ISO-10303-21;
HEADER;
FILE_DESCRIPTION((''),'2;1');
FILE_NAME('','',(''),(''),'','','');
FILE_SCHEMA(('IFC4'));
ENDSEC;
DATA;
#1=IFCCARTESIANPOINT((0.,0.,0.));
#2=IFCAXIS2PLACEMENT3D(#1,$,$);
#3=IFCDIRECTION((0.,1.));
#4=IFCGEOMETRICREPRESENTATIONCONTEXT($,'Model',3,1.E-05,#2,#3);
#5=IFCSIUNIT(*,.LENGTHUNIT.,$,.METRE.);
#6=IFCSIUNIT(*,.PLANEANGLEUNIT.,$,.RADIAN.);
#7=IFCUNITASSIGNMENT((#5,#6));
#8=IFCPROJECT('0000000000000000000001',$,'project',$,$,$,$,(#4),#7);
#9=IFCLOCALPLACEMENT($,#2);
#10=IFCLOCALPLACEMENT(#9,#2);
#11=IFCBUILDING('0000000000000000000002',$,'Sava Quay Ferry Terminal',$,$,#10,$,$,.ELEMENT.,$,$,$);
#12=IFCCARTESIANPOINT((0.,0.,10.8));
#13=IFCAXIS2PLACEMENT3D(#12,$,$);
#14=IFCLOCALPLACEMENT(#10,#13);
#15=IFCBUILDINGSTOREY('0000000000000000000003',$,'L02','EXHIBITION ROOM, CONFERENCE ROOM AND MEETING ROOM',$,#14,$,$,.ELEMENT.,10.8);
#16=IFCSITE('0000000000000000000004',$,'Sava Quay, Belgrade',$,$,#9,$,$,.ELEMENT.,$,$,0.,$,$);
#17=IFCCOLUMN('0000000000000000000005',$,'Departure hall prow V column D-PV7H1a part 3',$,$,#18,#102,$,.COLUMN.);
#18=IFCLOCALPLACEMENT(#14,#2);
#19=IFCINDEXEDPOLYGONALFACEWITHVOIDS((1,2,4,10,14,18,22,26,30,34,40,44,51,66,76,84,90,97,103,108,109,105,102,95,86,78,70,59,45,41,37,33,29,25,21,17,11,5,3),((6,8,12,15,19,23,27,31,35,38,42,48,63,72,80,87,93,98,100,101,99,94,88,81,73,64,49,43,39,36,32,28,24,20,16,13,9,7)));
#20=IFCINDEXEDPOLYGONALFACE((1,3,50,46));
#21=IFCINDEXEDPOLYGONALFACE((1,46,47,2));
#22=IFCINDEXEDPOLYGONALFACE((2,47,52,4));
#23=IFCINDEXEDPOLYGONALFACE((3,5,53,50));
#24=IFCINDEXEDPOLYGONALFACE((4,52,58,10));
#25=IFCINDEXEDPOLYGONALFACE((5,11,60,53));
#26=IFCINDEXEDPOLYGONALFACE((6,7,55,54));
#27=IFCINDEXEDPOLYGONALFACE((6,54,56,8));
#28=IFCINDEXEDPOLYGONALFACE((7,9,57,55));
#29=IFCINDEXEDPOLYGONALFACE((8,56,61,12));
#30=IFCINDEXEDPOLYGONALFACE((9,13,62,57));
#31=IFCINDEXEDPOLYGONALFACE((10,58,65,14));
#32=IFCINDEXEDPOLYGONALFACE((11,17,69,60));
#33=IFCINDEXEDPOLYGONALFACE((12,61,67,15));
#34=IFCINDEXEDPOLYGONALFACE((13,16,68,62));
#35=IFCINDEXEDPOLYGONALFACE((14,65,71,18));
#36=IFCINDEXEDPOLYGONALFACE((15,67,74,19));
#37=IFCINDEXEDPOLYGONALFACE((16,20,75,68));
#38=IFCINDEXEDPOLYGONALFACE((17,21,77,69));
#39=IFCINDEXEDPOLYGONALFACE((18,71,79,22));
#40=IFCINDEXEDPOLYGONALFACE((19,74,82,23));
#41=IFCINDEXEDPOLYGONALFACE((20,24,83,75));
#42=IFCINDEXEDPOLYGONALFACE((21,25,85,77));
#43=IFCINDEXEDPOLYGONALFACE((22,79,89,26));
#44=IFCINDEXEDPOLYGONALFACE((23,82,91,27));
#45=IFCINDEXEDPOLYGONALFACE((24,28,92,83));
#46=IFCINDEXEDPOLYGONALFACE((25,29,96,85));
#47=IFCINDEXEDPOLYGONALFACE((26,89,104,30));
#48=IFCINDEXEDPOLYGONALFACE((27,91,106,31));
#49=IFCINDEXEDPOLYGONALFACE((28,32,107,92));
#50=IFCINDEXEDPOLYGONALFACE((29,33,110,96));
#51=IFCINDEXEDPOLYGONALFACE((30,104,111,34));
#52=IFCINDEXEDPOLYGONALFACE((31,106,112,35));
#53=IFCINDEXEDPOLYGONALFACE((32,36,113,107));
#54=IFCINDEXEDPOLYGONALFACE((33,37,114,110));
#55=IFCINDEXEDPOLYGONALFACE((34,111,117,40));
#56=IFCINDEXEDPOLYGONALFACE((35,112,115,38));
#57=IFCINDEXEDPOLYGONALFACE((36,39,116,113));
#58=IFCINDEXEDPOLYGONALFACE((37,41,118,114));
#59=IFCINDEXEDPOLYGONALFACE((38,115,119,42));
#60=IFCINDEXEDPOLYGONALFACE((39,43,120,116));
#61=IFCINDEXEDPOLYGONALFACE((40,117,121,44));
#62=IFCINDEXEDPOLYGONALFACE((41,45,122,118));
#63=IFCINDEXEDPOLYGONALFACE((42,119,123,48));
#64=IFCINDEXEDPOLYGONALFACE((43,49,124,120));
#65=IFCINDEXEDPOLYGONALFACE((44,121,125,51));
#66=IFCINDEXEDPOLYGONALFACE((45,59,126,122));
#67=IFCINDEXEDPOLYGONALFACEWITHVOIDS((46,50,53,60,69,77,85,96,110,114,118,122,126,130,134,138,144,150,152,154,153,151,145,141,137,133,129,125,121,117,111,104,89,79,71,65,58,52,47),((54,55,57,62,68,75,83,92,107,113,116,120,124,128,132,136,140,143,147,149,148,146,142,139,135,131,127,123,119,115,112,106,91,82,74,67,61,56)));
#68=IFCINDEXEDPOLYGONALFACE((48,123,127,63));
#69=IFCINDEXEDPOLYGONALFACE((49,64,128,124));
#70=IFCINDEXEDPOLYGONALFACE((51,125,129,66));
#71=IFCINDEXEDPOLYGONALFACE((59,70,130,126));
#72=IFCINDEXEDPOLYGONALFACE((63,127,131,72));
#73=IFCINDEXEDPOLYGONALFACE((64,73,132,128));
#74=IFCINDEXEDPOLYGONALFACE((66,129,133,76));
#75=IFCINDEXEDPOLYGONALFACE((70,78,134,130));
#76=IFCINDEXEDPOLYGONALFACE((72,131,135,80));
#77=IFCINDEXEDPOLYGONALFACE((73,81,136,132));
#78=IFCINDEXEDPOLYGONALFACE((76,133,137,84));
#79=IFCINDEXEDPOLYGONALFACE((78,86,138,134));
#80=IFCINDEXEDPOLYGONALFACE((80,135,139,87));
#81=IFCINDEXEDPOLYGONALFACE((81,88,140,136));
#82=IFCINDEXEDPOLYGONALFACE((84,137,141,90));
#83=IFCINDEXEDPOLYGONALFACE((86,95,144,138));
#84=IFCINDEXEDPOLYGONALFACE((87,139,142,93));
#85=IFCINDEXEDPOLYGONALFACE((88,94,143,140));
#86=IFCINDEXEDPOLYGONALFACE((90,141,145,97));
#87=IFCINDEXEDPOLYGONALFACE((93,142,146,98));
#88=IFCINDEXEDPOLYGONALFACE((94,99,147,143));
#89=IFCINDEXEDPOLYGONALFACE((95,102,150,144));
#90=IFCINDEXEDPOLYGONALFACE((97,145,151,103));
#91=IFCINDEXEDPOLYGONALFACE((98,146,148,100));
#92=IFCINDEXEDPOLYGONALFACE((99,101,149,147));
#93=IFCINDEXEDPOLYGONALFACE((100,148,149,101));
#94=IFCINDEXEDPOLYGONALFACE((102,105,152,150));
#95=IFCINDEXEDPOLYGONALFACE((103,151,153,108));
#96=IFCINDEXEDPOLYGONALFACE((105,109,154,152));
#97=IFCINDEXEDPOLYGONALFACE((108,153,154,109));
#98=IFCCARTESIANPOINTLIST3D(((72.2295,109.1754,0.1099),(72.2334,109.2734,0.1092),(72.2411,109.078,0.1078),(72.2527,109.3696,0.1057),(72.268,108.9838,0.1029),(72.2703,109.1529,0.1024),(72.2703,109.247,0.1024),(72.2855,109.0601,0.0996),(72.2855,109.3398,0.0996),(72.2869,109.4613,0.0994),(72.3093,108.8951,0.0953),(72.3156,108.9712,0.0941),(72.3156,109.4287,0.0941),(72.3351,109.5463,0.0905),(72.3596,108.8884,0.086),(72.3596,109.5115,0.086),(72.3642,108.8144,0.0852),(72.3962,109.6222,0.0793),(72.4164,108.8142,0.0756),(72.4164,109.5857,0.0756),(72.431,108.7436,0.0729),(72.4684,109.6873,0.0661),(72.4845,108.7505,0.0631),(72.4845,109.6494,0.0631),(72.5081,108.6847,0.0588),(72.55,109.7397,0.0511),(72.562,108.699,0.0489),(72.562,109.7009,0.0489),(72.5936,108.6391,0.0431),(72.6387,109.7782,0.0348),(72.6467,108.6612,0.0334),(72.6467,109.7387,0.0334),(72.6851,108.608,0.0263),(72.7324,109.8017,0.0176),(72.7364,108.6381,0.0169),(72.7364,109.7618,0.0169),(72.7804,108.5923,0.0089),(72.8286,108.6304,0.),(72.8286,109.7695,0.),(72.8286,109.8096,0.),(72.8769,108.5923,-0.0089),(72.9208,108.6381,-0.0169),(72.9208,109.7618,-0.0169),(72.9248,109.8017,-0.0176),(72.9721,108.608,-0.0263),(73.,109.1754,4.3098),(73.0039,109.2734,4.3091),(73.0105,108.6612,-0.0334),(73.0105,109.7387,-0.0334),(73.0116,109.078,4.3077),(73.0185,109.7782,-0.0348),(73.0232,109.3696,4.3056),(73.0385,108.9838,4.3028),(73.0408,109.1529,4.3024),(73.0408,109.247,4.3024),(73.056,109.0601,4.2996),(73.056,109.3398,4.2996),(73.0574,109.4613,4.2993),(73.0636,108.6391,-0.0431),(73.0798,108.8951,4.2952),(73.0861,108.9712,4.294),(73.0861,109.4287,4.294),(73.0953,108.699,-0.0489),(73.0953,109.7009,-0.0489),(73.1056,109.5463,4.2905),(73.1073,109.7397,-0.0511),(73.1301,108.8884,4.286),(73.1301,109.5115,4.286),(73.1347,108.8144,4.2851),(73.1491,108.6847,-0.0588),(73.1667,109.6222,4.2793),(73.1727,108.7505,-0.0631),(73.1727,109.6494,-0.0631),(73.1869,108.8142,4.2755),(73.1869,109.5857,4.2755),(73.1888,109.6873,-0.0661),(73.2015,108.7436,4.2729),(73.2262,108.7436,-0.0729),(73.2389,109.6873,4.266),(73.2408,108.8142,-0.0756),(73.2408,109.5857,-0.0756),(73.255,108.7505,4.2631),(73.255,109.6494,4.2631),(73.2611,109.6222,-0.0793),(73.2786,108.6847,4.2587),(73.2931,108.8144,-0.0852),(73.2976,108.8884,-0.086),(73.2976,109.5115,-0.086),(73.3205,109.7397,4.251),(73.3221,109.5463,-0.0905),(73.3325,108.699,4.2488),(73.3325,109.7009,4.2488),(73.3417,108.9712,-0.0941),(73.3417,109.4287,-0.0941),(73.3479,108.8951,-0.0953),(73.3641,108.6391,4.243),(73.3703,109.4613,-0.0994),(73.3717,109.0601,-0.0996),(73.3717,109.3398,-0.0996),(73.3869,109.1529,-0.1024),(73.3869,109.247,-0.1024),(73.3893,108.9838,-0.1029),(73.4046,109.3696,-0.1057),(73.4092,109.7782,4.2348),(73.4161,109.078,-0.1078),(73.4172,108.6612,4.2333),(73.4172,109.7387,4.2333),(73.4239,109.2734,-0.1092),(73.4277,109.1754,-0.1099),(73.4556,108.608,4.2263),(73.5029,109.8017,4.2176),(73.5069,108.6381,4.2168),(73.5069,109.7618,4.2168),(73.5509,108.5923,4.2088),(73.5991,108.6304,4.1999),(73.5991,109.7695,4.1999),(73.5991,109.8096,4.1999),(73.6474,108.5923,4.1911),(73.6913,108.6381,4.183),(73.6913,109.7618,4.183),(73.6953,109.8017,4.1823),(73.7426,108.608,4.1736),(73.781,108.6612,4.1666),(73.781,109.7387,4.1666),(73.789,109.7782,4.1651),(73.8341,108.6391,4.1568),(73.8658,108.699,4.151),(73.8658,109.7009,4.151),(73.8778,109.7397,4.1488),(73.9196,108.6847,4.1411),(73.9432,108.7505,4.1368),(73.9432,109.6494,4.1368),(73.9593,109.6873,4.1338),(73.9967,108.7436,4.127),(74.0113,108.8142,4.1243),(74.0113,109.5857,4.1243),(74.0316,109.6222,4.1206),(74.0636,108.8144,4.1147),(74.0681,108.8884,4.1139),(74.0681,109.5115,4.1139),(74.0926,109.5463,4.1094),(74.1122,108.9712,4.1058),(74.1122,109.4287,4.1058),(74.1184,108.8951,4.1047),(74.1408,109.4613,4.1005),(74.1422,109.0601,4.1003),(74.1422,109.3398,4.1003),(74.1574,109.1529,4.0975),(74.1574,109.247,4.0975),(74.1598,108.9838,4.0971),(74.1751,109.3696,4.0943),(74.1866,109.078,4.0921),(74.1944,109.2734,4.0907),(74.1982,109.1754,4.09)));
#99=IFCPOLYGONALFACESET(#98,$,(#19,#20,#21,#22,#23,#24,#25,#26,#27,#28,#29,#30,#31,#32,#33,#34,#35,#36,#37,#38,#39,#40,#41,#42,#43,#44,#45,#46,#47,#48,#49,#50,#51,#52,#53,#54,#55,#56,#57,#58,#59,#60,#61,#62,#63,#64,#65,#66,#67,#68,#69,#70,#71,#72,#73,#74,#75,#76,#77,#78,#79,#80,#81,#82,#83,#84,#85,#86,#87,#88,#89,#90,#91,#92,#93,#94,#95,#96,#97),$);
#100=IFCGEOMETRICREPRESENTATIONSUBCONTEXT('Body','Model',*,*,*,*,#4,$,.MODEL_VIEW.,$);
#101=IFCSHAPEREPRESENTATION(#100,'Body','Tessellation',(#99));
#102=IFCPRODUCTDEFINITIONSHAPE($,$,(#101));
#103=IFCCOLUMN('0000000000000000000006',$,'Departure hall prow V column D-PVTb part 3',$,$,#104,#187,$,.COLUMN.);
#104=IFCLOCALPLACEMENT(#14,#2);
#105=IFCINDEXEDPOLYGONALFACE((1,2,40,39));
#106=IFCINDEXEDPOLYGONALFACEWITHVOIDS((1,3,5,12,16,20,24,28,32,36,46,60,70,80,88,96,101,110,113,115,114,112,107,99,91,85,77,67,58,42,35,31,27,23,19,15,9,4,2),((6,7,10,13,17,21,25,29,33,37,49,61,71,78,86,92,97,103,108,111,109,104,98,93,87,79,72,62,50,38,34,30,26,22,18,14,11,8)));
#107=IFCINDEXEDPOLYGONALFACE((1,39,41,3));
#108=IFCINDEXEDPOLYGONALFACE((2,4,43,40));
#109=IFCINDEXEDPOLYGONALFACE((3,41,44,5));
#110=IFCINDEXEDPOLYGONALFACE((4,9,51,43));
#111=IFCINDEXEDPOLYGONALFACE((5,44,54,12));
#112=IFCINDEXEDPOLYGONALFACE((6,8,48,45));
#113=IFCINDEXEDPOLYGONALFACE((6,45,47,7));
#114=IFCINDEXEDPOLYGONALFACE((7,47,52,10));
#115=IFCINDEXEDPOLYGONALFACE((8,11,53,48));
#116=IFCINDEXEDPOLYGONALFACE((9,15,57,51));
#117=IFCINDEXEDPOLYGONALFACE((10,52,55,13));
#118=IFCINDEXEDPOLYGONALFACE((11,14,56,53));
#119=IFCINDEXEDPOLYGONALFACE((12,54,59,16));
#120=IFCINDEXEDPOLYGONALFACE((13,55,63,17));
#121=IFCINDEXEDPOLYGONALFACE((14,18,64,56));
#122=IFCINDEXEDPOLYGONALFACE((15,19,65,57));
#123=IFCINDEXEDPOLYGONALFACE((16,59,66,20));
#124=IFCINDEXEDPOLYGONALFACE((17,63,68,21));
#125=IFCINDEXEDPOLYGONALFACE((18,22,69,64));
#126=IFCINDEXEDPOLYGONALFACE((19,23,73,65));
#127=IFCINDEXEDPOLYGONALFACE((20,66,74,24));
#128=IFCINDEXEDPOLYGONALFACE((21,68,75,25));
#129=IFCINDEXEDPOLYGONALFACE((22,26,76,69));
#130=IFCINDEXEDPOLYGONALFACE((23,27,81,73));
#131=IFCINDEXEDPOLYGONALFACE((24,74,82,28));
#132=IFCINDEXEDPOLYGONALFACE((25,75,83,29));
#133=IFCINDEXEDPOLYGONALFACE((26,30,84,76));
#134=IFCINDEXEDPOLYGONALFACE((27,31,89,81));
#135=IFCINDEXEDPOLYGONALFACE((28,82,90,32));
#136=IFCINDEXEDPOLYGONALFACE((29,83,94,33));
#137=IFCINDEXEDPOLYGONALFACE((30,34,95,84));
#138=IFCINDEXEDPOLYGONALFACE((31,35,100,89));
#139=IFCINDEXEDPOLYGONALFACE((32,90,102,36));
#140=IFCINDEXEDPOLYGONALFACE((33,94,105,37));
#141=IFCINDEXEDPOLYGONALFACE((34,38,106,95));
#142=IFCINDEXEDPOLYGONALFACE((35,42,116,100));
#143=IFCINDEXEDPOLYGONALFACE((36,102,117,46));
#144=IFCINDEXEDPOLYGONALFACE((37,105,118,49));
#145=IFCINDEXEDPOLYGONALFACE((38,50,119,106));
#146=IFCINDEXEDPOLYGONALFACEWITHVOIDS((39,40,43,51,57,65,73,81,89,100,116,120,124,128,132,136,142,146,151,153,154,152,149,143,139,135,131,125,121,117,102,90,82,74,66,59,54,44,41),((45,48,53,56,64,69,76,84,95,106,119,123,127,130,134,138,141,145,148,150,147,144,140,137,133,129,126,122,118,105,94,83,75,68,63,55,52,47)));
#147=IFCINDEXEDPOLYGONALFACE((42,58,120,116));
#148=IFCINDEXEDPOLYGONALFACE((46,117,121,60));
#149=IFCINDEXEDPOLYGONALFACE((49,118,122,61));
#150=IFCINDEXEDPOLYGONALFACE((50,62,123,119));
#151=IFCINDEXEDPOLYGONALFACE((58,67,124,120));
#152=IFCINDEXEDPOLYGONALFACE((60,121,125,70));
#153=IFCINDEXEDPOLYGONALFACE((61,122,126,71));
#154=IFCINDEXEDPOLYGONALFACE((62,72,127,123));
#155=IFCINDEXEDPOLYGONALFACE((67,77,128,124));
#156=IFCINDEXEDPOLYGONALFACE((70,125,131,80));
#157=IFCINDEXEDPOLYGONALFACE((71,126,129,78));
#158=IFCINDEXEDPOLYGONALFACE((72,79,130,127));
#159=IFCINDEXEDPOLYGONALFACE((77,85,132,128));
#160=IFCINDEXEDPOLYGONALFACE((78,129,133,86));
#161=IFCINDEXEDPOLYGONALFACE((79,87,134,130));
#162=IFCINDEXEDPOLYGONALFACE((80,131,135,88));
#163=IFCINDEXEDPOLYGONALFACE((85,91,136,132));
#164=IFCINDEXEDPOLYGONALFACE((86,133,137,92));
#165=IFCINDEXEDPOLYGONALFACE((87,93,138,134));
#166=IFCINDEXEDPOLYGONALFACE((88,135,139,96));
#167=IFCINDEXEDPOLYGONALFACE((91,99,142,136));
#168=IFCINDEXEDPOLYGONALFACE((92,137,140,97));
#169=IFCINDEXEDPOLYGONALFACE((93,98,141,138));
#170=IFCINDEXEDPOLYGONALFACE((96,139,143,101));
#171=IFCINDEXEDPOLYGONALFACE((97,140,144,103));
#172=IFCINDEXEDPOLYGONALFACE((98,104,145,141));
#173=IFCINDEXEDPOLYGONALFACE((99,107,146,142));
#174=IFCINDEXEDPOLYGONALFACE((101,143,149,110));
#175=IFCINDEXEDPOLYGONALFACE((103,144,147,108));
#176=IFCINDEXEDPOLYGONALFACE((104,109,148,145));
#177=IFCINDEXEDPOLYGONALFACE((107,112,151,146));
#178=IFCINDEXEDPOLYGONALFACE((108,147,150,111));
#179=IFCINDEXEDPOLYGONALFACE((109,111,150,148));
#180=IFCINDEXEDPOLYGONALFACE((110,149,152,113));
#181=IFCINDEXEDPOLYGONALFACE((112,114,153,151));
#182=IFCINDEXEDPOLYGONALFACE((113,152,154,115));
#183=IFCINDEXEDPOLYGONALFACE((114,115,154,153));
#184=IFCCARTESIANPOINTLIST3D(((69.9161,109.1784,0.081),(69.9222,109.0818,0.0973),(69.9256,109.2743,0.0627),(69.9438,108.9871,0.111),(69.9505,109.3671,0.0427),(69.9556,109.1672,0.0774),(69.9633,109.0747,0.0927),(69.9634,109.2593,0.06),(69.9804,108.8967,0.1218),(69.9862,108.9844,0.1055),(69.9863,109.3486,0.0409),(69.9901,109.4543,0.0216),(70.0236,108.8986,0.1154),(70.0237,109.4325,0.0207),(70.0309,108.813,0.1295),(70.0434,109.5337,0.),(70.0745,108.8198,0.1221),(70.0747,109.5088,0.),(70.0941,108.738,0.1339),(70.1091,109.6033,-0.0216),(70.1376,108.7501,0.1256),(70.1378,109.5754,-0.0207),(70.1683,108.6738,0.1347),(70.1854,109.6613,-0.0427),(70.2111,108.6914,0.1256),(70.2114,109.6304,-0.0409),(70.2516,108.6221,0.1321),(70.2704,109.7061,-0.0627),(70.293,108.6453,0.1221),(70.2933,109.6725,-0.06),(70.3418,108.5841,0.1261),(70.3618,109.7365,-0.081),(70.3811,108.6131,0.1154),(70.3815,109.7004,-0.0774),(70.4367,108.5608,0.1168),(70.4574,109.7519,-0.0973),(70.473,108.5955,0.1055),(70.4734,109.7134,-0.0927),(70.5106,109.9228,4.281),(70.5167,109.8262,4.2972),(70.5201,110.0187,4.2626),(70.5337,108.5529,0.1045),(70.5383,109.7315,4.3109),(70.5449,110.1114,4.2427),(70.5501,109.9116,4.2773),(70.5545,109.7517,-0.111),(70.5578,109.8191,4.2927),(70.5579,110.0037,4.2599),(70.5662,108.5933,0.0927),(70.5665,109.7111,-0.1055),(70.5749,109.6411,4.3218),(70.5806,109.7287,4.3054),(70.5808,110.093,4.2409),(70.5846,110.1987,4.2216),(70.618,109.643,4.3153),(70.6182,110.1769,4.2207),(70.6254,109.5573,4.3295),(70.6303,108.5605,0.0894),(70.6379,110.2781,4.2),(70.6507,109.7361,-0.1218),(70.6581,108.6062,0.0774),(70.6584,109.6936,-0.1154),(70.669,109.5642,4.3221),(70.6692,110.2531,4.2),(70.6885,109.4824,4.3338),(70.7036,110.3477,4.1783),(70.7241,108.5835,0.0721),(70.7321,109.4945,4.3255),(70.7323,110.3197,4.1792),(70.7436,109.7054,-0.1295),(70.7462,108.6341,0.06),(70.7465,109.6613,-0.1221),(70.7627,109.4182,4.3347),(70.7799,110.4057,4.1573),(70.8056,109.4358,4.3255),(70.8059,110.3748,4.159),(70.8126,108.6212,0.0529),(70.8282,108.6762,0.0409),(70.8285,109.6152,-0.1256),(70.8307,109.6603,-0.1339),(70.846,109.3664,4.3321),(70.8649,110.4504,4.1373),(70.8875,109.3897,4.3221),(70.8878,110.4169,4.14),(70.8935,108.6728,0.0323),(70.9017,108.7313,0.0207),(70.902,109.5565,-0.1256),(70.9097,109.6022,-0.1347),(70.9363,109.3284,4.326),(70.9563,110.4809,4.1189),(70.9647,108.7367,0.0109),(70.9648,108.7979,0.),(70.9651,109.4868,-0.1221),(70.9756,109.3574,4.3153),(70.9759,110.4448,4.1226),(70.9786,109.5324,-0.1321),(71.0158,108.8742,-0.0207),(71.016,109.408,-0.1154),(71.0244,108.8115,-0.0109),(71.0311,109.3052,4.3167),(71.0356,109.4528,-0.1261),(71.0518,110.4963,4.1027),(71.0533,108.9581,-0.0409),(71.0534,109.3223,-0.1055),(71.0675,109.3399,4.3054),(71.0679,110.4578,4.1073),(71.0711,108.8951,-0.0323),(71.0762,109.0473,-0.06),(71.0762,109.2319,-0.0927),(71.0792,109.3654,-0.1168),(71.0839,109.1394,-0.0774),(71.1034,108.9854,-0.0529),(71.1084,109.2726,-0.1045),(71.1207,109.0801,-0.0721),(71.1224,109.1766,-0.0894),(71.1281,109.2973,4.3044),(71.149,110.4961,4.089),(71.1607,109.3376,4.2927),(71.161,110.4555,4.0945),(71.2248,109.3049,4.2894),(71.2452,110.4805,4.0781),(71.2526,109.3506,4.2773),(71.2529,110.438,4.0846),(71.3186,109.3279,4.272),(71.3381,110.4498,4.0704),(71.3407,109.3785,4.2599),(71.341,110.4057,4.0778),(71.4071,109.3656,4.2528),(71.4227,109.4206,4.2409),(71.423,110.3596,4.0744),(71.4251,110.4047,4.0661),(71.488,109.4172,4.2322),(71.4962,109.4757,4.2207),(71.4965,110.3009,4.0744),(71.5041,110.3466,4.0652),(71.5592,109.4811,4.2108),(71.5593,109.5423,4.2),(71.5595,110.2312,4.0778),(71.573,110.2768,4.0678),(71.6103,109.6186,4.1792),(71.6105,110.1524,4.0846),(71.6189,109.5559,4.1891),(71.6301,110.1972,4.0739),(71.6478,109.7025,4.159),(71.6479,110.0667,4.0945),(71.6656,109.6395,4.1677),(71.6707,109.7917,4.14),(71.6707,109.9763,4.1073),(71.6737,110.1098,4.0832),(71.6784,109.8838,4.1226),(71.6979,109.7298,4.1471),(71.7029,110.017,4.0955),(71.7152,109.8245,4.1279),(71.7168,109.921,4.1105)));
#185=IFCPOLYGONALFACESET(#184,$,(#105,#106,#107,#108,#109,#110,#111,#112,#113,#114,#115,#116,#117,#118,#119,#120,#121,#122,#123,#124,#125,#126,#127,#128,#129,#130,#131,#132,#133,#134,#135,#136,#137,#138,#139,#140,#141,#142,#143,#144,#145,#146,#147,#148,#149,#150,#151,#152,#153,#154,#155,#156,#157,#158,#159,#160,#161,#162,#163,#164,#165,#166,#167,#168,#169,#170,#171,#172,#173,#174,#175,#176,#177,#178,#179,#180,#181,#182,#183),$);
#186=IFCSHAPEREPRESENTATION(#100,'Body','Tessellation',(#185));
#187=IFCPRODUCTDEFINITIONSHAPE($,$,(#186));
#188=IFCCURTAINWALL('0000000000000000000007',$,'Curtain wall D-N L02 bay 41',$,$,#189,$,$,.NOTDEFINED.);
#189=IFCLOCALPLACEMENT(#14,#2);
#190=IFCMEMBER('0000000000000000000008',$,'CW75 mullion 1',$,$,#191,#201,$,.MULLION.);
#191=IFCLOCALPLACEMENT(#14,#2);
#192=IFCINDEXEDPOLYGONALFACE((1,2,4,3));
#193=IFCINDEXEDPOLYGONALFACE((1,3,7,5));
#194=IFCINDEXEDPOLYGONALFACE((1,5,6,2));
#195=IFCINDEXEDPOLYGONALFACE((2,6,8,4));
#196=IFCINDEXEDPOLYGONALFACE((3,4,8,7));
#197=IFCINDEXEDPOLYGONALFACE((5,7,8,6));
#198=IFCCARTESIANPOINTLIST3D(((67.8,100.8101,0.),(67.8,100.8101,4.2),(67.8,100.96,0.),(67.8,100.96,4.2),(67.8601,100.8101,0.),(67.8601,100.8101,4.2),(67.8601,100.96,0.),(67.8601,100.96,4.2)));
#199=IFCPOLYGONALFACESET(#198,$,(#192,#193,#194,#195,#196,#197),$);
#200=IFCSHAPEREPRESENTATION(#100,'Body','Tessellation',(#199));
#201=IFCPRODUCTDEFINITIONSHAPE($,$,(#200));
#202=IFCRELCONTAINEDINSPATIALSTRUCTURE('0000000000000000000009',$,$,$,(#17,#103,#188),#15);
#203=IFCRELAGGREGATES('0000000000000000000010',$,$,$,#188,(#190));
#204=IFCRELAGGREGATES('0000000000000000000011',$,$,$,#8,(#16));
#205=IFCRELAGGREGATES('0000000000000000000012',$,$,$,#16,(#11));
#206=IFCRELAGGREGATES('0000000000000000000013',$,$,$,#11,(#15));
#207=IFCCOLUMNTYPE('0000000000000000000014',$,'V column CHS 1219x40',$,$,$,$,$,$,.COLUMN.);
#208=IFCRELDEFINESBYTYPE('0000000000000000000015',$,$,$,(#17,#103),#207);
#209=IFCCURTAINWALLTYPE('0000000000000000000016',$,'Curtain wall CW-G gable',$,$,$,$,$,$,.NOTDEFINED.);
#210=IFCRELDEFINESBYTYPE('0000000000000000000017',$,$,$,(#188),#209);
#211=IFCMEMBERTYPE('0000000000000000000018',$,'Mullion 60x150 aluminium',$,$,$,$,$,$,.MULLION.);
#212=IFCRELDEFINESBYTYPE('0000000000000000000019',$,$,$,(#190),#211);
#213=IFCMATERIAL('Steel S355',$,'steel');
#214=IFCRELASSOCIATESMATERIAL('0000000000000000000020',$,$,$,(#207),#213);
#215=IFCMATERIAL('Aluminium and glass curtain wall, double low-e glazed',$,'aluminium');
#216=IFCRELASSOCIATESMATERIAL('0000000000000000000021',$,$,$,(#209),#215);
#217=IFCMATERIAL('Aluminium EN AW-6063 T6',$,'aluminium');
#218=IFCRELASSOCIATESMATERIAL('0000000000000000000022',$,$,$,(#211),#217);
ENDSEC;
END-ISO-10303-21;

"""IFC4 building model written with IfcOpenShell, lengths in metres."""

from ifc_helpers import new_model, si_unit, direction, frame, origin, origin_2d, place, context, subcontext, project, spatial, rectangle, hollow_circle, extrude, material, material_profile, profile_set, type_object, element, aggregate, save


model = new_model("IFC4")

# Units and contexts
model_context = context("Model", 3, precision=1e-05, world=origin(), true_north=direction((0.0, 1.0)))
body_context = subcontext(model_context, "Body", "Model", "MODEL_VIEW")
ifc_project = project(units=[si_unit("LENGTHUNIT", "METRE"), si_unit("PLANEANGLEUNIT", "RADIAN")], contexts=[model_context])

# Site, building, storey
site_placement = place(None, origin())
site = spatial("IfcSite", under=ifc_project, at=site_placement, Name="Sava Quay, Belgrade", CompositionType="ELEMENT", RefElevation=0.0)
building_placement = place(site_placement, origin())
building = spatial("IfcBuilding", under=site, at=building_placement, Name="Sava Quay Ferry Terminal", CompositionType="ELEMENT")
storey_placement = place(building_placement, frame((0.0, 0.0, 10.8)))
storey = spatial("IfcBuildingStorey", under=building, at=storey_placement, Name="L02", Description="EXHIBITION ROOM, CONFERENCE ROOM AND MEETING ROOM", CompositionType="ELEMENT", Elevation=10.8)

# Columns
ifc_material_1 = material(Name="Steel S355", Category="steel")
ifc_material_profile_1 = material_profile(ifc_material_1, hollow_circle(Radius=0.6096, WallThickness=0.04, at=origin_2d()), Name="CHS 1219 x 40.0")
ifc_profile_set_1 = profile_set([ifc_material_profile_1], Name="Steel S355")
column_type = type_object("IfcColumnType", Name="V column CHS 1219x40", PredefinedType="COLUMN", material=ifc_profile_set_1)
column_1_placement = place(storey_placement, frame((72.8286, 109.2, 0.0), z_axis=(0.180445, 0.0, 0.983585), x_axis=(0.0, 1.0, 0.0)))
element("IfcColumn", 1, at=column_1_placement, inside=storey, type_object=column_type, Name="Departure hall prow V column D-PV7H1a part 3", PredefinedType="COLUMN", context=body_context, shape_type="SweptSolid", body=[
    extrude(hollow_circle(Radius=0.6096, WallThickness=0.04, at=origin_2d()), origin(), (0.0, 0.0, 1.0), 4.27),
])
column_2_placement = place(storey_placement, frame((70.5198, 109.1533, 0.0), z_axis=(0.138039, 0.172846, 0.975228), x_axis=(-0.781394, 0.624039, 0.0)))
element("IfcColumn", 2, at=column_2_placement, inside=storey, type_object=column_type, Name="Departure hall prow V column D-PVTb part 3", PredefinedType="COLUMN", context=body_context, shape_type="SweptSolid", body=[
    extrude(hollow_circle(Radius=0.6096, WallThickness=0.04, at=origin_2d()), origin(), (0.0, 0.0, 1.0), 4.3066),
])

# Curtain wall, member
ifc_material_2 = material(Name="Aluminium and glass curtain wall, double low-e glazed", Category="aluminium")
curtain_wall_type = type_object("IfcCurtainWallType", Name="Curtain wall CW-G gable", PredefinedType="NOTDEFINED", material=ifc_material_2)
curtain_wall_1_placement = place(storey_placement, origin())
curtain_wall_1 = element("IfcCurtainWall", 3, at=curtain_wall_1_placement, inside=storey, type_object=curtain_wall_type, Name="Curtain wall D-N L02 bay 41", PredefinedType="NOTDEFINED")
ifc_material_3 = material(Name="Aluminium EN AW-6063 T6", Category="aluminium")
ifc_material_profile_2 = material_profile(ifc_material_3, rectangle(XDim=0.1499, YDim=0.0601, at=origin_2d()), Name="Mullion 60x150 aluminium")
ifc_profile_set_2 = profile_set([ifc_material_profile_2], Name="Aluminium EN AW-6063 T6")
member_type_1 = type_object("IfcMemberType", Name="Mullion 60x150 aluminium", PredefinedType="MULLION", material=ifc_profile_set_2)
member_1_placement = place(storey_placement, frame((67.8301, 100.885, 0.0), z_axis=(0.0, 0.0, 1.0), x_axis=(0.0, 1.0, 0.0)))
member_1 = element("IfcMember", 4, at=member_1_placement, type_object=member_type_1, Name="CW75 mullion 1", PredefinedType="MULLION", context=body_context, shape_type="SweptSolid", body=[
    extrude(rectangle(XDim=0.1499, YDim=0.0601, at=origin_2d()), origin(), (0.0, 0.0, 1.0), 4.2),
])

aggregate(curtain_wall_1, [member_1])

save(model, "model.ifc")
